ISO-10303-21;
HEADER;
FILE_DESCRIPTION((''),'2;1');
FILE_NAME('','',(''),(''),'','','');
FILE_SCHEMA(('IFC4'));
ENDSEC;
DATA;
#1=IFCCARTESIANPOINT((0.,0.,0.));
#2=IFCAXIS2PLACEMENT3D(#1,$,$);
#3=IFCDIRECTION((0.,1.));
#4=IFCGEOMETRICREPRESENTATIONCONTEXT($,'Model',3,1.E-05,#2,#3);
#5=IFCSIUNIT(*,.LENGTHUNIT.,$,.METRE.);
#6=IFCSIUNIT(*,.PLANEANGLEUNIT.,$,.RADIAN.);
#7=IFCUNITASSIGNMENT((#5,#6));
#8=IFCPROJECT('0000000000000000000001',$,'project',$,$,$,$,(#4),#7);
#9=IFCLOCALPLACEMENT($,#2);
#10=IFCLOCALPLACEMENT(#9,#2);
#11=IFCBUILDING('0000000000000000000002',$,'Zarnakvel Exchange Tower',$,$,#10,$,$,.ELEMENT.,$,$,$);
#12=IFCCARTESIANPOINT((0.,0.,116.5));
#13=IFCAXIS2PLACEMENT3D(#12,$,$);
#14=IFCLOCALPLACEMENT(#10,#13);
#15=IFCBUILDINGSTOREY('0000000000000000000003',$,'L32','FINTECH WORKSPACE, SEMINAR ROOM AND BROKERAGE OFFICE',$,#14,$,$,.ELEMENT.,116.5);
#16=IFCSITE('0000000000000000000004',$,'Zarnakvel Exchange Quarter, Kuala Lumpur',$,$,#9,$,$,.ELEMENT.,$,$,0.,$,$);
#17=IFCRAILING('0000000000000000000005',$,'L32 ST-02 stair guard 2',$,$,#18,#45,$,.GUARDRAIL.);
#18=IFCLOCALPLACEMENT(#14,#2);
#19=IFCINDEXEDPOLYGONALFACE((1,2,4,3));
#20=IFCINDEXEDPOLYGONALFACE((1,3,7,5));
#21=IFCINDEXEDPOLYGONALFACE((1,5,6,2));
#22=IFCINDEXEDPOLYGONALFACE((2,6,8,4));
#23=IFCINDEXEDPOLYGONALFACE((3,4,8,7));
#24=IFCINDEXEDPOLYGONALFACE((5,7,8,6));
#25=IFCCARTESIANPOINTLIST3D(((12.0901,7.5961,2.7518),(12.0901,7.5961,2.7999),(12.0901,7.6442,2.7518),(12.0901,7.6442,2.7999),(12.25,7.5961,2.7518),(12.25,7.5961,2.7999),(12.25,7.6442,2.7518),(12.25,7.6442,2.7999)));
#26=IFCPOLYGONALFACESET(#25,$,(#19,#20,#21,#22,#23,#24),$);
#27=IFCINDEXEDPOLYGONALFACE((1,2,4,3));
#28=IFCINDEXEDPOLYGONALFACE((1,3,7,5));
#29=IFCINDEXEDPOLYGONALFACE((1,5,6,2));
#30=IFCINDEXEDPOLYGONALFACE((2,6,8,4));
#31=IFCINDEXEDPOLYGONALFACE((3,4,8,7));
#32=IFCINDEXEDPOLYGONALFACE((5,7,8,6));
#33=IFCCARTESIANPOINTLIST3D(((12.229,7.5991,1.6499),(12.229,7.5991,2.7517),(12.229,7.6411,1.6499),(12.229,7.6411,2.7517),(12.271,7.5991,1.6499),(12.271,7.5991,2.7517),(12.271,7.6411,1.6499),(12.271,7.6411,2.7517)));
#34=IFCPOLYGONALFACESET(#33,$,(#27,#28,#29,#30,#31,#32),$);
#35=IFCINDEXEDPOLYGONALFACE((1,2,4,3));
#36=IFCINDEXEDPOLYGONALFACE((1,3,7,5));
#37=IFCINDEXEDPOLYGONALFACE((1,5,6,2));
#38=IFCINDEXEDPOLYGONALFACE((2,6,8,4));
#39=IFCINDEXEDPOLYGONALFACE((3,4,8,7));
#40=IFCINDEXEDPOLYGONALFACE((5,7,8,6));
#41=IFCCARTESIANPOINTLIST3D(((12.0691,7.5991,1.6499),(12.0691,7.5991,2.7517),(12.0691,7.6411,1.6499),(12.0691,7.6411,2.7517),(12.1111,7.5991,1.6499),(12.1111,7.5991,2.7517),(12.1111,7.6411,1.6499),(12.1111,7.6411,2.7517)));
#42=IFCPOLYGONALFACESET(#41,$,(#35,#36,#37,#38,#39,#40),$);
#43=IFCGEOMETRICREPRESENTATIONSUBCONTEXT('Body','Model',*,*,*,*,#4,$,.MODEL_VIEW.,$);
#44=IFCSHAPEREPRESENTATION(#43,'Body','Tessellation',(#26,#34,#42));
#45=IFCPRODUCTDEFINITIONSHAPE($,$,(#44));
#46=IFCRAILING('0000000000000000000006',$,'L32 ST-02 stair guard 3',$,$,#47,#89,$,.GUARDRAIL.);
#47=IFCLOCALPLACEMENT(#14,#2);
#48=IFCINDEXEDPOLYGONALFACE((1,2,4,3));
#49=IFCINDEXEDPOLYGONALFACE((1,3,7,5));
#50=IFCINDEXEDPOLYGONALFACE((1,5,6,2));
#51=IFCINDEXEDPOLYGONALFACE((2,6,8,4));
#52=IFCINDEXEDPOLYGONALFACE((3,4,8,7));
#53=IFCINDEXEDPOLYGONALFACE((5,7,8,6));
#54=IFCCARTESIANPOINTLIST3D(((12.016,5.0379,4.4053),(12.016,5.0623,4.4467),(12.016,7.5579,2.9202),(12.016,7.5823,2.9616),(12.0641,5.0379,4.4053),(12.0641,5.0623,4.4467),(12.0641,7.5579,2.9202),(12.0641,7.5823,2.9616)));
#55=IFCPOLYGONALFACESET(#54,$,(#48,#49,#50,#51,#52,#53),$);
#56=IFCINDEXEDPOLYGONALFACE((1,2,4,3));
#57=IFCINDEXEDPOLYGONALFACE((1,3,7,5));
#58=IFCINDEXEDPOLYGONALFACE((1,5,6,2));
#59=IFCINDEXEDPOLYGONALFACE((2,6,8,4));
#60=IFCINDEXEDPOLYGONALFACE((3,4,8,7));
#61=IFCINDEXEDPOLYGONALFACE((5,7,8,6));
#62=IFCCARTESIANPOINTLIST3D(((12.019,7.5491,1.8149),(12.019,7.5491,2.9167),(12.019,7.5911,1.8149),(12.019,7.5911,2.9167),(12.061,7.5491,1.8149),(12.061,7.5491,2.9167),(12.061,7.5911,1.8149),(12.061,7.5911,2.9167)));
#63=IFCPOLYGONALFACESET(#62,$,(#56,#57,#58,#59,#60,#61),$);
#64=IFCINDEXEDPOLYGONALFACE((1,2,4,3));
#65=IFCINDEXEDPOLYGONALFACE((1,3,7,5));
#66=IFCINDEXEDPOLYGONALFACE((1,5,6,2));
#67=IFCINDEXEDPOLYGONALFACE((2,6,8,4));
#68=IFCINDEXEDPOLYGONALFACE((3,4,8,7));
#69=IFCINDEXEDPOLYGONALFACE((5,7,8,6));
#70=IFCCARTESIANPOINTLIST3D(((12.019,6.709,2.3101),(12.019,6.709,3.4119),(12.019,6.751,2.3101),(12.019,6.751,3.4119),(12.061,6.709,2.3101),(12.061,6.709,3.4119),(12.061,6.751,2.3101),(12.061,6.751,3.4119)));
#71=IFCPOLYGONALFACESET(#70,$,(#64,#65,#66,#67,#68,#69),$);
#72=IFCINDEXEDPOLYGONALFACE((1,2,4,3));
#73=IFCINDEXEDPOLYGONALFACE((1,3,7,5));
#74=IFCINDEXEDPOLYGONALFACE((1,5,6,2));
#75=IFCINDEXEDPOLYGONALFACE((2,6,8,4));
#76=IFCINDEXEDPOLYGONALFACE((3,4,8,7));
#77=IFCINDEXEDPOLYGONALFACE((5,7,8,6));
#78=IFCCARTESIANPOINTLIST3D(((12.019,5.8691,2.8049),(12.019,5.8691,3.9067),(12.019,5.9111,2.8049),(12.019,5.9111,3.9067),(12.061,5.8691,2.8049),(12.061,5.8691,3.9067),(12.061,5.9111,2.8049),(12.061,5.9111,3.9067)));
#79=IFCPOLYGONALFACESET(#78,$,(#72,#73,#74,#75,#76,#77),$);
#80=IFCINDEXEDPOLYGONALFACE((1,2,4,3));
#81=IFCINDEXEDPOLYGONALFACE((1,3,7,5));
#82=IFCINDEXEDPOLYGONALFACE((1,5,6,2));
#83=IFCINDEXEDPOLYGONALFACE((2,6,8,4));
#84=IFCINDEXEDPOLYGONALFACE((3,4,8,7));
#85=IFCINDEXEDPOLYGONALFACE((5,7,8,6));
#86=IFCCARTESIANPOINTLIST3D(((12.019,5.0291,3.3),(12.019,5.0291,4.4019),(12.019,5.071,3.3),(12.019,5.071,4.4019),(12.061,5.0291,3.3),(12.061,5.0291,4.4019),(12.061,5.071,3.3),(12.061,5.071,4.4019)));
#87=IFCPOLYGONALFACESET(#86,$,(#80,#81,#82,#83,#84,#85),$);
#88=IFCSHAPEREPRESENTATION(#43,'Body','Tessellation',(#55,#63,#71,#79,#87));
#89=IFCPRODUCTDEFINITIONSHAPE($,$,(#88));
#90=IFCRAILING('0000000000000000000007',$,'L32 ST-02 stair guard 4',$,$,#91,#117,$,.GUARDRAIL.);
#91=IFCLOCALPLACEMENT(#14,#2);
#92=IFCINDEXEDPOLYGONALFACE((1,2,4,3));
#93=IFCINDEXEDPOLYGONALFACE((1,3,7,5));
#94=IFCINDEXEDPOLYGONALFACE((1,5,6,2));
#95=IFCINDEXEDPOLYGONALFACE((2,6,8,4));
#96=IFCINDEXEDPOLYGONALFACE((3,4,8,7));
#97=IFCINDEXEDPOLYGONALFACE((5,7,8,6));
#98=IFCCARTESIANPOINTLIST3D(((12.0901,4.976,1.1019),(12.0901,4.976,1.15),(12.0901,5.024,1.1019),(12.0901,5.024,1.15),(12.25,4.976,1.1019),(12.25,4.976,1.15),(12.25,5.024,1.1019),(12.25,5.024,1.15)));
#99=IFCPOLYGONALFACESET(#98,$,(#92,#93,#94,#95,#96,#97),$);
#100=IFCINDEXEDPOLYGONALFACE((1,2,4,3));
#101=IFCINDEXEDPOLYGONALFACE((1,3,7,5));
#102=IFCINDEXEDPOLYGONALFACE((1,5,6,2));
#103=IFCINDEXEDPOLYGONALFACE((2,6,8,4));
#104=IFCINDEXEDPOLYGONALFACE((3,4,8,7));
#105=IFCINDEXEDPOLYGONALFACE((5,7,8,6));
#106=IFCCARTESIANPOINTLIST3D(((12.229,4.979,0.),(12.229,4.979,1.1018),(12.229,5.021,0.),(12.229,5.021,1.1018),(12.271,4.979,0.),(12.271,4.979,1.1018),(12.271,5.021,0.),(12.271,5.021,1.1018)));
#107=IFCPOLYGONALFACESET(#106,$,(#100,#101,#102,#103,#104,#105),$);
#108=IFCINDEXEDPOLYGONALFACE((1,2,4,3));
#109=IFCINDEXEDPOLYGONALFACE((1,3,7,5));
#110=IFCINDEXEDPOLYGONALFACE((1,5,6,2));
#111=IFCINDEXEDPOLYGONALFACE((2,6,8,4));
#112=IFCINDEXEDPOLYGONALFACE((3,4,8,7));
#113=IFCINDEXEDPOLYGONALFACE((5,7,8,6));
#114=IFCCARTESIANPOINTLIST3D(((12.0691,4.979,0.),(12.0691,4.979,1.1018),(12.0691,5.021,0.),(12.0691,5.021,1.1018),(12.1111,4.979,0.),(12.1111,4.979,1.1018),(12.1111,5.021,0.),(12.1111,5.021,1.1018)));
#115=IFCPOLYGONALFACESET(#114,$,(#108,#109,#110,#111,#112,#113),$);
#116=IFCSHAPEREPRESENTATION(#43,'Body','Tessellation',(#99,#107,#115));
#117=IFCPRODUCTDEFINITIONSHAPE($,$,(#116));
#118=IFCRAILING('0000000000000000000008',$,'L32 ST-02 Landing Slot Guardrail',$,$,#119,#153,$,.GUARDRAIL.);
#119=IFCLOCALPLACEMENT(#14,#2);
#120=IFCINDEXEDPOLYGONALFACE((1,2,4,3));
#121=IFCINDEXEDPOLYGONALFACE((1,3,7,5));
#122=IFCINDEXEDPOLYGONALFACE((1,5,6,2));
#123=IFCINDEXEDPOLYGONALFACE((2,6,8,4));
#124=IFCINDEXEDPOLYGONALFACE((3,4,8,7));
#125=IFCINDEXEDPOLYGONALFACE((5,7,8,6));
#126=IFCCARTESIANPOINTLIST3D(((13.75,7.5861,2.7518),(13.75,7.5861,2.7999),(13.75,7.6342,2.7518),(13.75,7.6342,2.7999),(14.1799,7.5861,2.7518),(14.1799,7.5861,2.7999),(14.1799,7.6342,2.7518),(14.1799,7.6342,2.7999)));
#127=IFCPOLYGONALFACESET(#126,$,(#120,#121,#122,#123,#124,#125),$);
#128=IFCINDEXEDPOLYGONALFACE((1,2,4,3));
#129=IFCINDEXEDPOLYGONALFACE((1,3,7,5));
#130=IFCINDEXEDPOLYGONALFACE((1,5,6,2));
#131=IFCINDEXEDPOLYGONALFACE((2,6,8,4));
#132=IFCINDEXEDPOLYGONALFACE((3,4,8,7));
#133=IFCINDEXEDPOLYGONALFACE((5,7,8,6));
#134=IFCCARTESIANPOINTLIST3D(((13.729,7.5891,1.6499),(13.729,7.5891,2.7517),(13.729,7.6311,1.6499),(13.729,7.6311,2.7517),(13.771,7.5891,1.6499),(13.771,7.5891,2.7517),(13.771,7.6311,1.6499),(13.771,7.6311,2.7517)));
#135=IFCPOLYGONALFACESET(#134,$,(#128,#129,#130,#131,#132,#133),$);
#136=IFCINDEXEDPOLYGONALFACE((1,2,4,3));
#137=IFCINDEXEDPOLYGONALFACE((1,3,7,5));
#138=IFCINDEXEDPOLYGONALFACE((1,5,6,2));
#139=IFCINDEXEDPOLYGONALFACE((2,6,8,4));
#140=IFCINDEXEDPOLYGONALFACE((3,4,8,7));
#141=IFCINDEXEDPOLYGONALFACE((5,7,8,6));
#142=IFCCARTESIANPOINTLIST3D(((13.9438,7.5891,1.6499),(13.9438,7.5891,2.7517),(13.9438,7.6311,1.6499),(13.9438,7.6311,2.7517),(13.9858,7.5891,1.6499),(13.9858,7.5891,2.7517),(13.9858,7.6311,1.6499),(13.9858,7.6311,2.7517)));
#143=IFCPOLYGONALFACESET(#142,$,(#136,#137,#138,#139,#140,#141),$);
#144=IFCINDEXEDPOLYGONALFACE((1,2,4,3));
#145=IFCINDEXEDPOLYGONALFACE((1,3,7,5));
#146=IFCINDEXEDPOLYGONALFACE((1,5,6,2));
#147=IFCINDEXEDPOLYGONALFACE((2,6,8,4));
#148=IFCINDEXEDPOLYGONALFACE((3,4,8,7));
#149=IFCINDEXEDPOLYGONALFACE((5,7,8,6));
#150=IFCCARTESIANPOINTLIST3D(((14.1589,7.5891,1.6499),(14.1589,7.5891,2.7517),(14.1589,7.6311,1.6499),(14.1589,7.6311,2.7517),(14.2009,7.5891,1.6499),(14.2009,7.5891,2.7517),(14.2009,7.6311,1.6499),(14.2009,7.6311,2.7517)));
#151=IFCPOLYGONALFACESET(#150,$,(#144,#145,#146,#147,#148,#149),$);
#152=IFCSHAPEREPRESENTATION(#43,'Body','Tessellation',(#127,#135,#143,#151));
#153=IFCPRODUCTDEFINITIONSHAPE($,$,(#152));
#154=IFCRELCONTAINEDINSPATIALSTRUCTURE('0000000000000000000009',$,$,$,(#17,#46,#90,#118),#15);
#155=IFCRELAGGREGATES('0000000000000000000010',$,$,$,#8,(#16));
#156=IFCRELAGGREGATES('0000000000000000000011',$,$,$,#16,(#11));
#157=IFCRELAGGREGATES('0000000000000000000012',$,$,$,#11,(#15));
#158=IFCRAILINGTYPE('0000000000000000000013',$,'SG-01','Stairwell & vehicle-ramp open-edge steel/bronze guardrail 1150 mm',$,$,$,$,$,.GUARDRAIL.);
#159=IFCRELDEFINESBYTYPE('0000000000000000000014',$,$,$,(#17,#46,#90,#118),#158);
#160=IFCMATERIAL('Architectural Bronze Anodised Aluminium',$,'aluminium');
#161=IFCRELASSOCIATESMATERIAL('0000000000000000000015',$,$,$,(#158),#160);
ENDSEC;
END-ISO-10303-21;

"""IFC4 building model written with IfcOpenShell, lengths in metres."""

from ifc_helpers import new_model, si_unit, direction, frame, origin, origin_2d, place, context, subcontext, project, spatial, rectangle, extrude, material, type_object, element, save


model = new_model("IFC4")

# Units and contexts
model_context = context("Model", 3, precision=1e-05, world=origin(), true_north=direction((0.0, 1.0)))
body_context = subcontext(model_context, "Body", "Model", "MODEL_VIEW")
ifc_project = project(units=[si_unit("LENGTHUNIT", "METRE"), si_unit("PLANEANGLEUNIT", "RADIAN")], contexts=[model_context])

# Site, building, storey
site_placement = place(None, origin())
site = spatial("IfcSite", under=ifc_project, at=site_placement, Name="Zarnakvel Exchange Quarter, Kuala Lumpur", CompositionType="ELEMENT", RefElevation=0.0)
building_placement = place(site_placement, origin())
building = spatial("IfcBuilding", under=site, at=building_placement, Name="Zarnakvel Exchange Tower", CompositionType="ELEMENT")
storey_placement = place(building_placement, frame((0.0, 0.0, 116.5)))
storey = spatial("IfcBuildingStorey", under=building, at=storey_placement, Name="L32", Description="FINTECH WORKSPACE, SEMINAR ROOM AND BROKERAGE OFFICE", CompositionType="ELEMENT", Elevation=116.5)

# Shared definitions
ifc_material_1 = material(Name="Architectural Bronze Anodised Aluminium", Category="aluminium")

# Railings
railing_type_1 = type_object("IfcRailingType", Name="SG-01", Description="Stairwell & vehicle-ramp open-edge steel/bronze guardrail 1150 mm", PredefinedType="GUARDRAIL", material=ifc_material_1)
railing_1_placement = place(storey_placement, frame((12.25, 7.6201, 1.6499)))
element("IfcRailing", 1, at=railing_1_placement, inside=storey, type_object=railing_type_1, Name="L32 ST-02 stair guard 2", PredefinedType="GUARDRAIL", context=body_context, shape_type="SweptSolid", body=[
    extrude(rectangle(XDim=0.0481, YDim=0.0481, at=origin_2d()), frame((0.0, 0.0, 1.126), z_axis=(-1.0, 0.0, 0.0), x_axis=(0.0, -1.0, 0.0)), (0.0, 0.0, 1.0), 0.1599),
    extrude(rectangle(XDim=0.042, YDim=0.042, at=origin_2d()), origin(), (0.0, 0.0, 1.0), 1.1018),
    extrude(rectangle(XDim=0.042, YDim=0.042, at=origin_2d()), frame((-0.1599, 0.0, 0.0)), (0.0, 0.0, 1.0), 1.1018),
])
railing_2_placement = place(storey_placement, frame((12.04, 7.5701, 1.8149)))
element("IfcRailing", 2, at=railing_2_placement, inside=storey, type_object=railing_type_1, Name="L32 ST-02 stair guard 3", PredefinedType="GUARDRAIL", context=body_context, shape_type="SweptSolid", body=[
    extrude(rectangle(XDim=0.0481, YDim=0.0481, at=origin_2d()), frame((0.0, 0.0, 1.126), z_axis=(0.0, -0.861524, 0.507717), x_axis=(1.0, 0.0, 0.0)), (0.0, 0.0, 1.0), 2.925),
    extrude(rectangle(XDim=0.042, YDim=0.042, at=origin_2d()), origin(), (0.0, 0.0, 1.0), 1.1018),
    extrude(rectangle(XDim=0.042, YDim=0.042, at=origin_2d()), frame((0.0, -0.8401, 0.4951)), (0.0, 0.0, 1.0), 1.1018),
    extrude(rectangle(XDim=0.042, YDim=0.042, at=origin_2d()), frame((0.0, -1.6799, 0.99)), (0.0, 0.0, 1.0), 1.1018),
    extrude(rectangle(XDim=0.042, YDim=0.042, at=origin_2d()), frame((0.0, -2.52, 1.4851)), (0.0, 0.0, 1.0), 1.1018),
])
railing_3_placement = place(storey_placement, frame((12.25, 5.0, 0.0)))
element("IfcRailing", 3, at=railing_3_placement, inside=storey, type_object=railing_type_1, Name="L32 ST-02 stair guard 4", PredefinedType="GUARDRAIL", context=body_context, shape_type="SweptSolid", body=[
    extrude(rectangle(XDim=0.0481, YDim=0.0481, at=origin_2d()), frame((0.0, 0.0, 1.126), z_axis=(-1.0, 0.0, 0.0), x_axis=(0.0, -1.0, 0.0)), (0.0, 0.0, 1.0), 0.1599),
    extrude(rectangle(XDim=0.042, YDim=0.042, at=origin_2d()), origin(), (0.0, 0.0, 1.0), 1.1018),
    extrude(rectangle(XDim=0.042, YDim=0.042, at=origin_2d()), frame((-0.1599, 0.0, 0.0)), (0.0, 0.0, 1.0), 1.1018),
])
railing_4_placement = place(storey_placement, frame((13.75, 7.6101, 1.6499)))
element("IfcRailing", 4, at=railing_4_placement, inside=storey, type_object=railing_type_1, Name="L32 ST-02 Landing Slot Guardrail", PredefinedType="GUARDRAIL", context=body_context, shape_type="SweptSolid", body=[
    extrude(rectangle(XDim=0.0481, YDim=0.0481, at=origin_2d()), frame((0.0, 0.0, 1.126), z_axis=(1.0, 0.0, 0.0), x_axis=(0.0, 1.0, 0.0)), (0.0, 0.0, 1.0), 0.4299),
    extrude(rectangle(XDim=0.042, YDim=0.042, at=origin_2d()), origin(), (0.0, 0.0, 1.0), 1.1018),
    extrude(rectangle(XDim=0.042, YDim=0.042, at=origin_2d()), frame((0.2148, 0.0, 0.0)), (0.0, 0.0, 1.0), 1.1018),
    extrude(rectangle(XDim=0.042, YDim=0.042, at=origin_2d()), frame((0.4299, 0.0, 0.0)), (0.0, 0.0, 1.0), 1.1018),
])

save(model, "model.ifc")
